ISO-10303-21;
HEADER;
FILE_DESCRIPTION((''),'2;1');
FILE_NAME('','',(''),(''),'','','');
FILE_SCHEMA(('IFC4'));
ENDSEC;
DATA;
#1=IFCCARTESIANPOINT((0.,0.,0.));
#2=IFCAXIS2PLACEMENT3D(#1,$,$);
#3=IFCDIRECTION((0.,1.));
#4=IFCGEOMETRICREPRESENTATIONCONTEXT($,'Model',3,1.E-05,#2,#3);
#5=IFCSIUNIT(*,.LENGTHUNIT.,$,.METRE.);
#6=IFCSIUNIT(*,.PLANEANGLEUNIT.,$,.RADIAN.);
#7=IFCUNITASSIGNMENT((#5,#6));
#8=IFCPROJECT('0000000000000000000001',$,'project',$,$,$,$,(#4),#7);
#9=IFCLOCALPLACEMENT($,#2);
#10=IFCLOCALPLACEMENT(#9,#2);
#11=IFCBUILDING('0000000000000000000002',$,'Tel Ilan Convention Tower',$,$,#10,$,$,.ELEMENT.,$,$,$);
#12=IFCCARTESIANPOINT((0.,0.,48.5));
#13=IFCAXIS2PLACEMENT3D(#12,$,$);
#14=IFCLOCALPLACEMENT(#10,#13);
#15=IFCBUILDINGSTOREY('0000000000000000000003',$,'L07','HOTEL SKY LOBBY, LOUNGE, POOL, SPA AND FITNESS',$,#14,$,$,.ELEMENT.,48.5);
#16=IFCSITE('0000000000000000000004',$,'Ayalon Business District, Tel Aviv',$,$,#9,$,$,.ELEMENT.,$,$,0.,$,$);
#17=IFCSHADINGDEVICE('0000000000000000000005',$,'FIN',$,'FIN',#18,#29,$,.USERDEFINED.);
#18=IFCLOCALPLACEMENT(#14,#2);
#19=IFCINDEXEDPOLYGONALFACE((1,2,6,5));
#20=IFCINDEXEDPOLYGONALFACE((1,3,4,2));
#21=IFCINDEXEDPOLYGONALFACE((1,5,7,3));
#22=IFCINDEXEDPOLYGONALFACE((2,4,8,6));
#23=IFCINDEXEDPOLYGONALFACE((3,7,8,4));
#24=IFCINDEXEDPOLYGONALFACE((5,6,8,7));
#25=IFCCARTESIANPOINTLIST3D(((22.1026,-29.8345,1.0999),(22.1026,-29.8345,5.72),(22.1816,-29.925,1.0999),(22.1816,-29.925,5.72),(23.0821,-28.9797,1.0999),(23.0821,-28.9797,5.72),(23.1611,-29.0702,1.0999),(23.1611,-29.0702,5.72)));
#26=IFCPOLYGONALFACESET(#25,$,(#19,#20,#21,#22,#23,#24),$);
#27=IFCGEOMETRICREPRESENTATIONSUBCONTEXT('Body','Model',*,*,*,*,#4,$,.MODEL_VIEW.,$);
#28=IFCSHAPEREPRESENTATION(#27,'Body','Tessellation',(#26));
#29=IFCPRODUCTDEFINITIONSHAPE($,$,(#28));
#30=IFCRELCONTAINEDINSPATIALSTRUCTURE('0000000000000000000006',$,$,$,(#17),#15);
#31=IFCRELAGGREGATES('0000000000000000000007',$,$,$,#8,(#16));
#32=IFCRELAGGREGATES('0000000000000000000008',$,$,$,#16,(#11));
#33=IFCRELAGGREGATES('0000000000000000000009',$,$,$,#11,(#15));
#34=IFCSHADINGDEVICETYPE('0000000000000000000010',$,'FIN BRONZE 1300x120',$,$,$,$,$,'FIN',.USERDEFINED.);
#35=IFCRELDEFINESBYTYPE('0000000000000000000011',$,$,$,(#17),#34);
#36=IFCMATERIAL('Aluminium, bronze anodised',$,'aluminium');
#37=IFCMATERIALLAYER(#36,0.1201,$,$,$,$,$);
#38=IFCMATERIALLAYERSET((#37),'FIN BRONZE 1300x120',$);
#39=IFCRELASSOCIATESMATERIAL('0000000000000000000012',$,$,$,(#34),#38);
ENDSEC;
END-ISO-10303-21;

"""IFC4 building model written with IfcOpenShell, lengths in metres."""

from ifc_helpers import new_model, si_unit, direction, frame, origin, origin_2d, place, context, subcontext, project, spatial, rectangle, extrude, material, layer, layer_set, type_object, element, save


model = new_model("IFC4")

# Units and contexts
model_context = context("Model", 3, precision=1e-05, world=origin(), true_north=direction((0.0, 1.0)))
body_context = subcontext(model_context, "Body", "Model", "MODEL_VIEW")
ifc_project = project(units=[si_unit("LENGTHUNIT", "METRE"), si_unit("PLANEANGLEUNIT", "RADIAN")], contexts=[model_context])

# Site, building, storey
site_placement = place(None, origin())
site = spatial("IfcSite", under=ifc_project, at=site_placement, Name="Ayalon Business District, Tel Aviv", CompositionType="ELEMENT", RefElevation=0.0)
building_placement = place(site_placement, origin())
building = spatial("IfcBuilding", under=site, at=building_placement, Name="Tel Ilan Convention Tower", CompositionType="ELEMENT")
storey_placement = place(building_placement, frame((0.0, 0.0, 48.5)))
storey = spatial("IfcBuildingStorey", under=building, at=storey_placement, Name="L07", Description="HOTEL SKY LOBBY, LOUNGE, POOL, SPA AND FITNESS", CompositionType="ELEMENT", Elevation=48.5)

# Shading device
ifc_material_1 = material(Name="Aluminium, bronze anodised", Category="aluminium")
ifc_layer_1 = layer(ifc_material_1, 0.1201)
ifc_layer_set_1 = layer_set([ifc_layer_1], Name="FIN BRONZE 1300x120")
shading_device_type = type_object("IfcShadingDeviceType", Name="FIN BRONZE 1300x120", ElementType="FIN", PredefinedType="USERDEFINED", material=ifc_layer_set_1)
for number, where, z_axis, x_axis, name in (
    (1, (22.6318, -29.4524, 1.0999), (0.0, 0.0, 1.0), (-0.753436, -0.657521, 0.0), "FIN"),
):
    element("IfcShadingDevice", number, at=place(storey_placement, frame(where, z_axis=z_axis, x_axis=x_axis)), inside=storey, type_object=shading_device_type, Name=name, ObjectType="FIN", PredefinedType="USERDEFINED", context=body_context, shape_type="SweptSolid", body=[
        extrude(rectangle(XDim=1.3, YDim=0.1201, at=origin_2d()), origin(), (0.0, 0.0, 1.0), 4.6201),
    ])

save(model, "model.ifc")
